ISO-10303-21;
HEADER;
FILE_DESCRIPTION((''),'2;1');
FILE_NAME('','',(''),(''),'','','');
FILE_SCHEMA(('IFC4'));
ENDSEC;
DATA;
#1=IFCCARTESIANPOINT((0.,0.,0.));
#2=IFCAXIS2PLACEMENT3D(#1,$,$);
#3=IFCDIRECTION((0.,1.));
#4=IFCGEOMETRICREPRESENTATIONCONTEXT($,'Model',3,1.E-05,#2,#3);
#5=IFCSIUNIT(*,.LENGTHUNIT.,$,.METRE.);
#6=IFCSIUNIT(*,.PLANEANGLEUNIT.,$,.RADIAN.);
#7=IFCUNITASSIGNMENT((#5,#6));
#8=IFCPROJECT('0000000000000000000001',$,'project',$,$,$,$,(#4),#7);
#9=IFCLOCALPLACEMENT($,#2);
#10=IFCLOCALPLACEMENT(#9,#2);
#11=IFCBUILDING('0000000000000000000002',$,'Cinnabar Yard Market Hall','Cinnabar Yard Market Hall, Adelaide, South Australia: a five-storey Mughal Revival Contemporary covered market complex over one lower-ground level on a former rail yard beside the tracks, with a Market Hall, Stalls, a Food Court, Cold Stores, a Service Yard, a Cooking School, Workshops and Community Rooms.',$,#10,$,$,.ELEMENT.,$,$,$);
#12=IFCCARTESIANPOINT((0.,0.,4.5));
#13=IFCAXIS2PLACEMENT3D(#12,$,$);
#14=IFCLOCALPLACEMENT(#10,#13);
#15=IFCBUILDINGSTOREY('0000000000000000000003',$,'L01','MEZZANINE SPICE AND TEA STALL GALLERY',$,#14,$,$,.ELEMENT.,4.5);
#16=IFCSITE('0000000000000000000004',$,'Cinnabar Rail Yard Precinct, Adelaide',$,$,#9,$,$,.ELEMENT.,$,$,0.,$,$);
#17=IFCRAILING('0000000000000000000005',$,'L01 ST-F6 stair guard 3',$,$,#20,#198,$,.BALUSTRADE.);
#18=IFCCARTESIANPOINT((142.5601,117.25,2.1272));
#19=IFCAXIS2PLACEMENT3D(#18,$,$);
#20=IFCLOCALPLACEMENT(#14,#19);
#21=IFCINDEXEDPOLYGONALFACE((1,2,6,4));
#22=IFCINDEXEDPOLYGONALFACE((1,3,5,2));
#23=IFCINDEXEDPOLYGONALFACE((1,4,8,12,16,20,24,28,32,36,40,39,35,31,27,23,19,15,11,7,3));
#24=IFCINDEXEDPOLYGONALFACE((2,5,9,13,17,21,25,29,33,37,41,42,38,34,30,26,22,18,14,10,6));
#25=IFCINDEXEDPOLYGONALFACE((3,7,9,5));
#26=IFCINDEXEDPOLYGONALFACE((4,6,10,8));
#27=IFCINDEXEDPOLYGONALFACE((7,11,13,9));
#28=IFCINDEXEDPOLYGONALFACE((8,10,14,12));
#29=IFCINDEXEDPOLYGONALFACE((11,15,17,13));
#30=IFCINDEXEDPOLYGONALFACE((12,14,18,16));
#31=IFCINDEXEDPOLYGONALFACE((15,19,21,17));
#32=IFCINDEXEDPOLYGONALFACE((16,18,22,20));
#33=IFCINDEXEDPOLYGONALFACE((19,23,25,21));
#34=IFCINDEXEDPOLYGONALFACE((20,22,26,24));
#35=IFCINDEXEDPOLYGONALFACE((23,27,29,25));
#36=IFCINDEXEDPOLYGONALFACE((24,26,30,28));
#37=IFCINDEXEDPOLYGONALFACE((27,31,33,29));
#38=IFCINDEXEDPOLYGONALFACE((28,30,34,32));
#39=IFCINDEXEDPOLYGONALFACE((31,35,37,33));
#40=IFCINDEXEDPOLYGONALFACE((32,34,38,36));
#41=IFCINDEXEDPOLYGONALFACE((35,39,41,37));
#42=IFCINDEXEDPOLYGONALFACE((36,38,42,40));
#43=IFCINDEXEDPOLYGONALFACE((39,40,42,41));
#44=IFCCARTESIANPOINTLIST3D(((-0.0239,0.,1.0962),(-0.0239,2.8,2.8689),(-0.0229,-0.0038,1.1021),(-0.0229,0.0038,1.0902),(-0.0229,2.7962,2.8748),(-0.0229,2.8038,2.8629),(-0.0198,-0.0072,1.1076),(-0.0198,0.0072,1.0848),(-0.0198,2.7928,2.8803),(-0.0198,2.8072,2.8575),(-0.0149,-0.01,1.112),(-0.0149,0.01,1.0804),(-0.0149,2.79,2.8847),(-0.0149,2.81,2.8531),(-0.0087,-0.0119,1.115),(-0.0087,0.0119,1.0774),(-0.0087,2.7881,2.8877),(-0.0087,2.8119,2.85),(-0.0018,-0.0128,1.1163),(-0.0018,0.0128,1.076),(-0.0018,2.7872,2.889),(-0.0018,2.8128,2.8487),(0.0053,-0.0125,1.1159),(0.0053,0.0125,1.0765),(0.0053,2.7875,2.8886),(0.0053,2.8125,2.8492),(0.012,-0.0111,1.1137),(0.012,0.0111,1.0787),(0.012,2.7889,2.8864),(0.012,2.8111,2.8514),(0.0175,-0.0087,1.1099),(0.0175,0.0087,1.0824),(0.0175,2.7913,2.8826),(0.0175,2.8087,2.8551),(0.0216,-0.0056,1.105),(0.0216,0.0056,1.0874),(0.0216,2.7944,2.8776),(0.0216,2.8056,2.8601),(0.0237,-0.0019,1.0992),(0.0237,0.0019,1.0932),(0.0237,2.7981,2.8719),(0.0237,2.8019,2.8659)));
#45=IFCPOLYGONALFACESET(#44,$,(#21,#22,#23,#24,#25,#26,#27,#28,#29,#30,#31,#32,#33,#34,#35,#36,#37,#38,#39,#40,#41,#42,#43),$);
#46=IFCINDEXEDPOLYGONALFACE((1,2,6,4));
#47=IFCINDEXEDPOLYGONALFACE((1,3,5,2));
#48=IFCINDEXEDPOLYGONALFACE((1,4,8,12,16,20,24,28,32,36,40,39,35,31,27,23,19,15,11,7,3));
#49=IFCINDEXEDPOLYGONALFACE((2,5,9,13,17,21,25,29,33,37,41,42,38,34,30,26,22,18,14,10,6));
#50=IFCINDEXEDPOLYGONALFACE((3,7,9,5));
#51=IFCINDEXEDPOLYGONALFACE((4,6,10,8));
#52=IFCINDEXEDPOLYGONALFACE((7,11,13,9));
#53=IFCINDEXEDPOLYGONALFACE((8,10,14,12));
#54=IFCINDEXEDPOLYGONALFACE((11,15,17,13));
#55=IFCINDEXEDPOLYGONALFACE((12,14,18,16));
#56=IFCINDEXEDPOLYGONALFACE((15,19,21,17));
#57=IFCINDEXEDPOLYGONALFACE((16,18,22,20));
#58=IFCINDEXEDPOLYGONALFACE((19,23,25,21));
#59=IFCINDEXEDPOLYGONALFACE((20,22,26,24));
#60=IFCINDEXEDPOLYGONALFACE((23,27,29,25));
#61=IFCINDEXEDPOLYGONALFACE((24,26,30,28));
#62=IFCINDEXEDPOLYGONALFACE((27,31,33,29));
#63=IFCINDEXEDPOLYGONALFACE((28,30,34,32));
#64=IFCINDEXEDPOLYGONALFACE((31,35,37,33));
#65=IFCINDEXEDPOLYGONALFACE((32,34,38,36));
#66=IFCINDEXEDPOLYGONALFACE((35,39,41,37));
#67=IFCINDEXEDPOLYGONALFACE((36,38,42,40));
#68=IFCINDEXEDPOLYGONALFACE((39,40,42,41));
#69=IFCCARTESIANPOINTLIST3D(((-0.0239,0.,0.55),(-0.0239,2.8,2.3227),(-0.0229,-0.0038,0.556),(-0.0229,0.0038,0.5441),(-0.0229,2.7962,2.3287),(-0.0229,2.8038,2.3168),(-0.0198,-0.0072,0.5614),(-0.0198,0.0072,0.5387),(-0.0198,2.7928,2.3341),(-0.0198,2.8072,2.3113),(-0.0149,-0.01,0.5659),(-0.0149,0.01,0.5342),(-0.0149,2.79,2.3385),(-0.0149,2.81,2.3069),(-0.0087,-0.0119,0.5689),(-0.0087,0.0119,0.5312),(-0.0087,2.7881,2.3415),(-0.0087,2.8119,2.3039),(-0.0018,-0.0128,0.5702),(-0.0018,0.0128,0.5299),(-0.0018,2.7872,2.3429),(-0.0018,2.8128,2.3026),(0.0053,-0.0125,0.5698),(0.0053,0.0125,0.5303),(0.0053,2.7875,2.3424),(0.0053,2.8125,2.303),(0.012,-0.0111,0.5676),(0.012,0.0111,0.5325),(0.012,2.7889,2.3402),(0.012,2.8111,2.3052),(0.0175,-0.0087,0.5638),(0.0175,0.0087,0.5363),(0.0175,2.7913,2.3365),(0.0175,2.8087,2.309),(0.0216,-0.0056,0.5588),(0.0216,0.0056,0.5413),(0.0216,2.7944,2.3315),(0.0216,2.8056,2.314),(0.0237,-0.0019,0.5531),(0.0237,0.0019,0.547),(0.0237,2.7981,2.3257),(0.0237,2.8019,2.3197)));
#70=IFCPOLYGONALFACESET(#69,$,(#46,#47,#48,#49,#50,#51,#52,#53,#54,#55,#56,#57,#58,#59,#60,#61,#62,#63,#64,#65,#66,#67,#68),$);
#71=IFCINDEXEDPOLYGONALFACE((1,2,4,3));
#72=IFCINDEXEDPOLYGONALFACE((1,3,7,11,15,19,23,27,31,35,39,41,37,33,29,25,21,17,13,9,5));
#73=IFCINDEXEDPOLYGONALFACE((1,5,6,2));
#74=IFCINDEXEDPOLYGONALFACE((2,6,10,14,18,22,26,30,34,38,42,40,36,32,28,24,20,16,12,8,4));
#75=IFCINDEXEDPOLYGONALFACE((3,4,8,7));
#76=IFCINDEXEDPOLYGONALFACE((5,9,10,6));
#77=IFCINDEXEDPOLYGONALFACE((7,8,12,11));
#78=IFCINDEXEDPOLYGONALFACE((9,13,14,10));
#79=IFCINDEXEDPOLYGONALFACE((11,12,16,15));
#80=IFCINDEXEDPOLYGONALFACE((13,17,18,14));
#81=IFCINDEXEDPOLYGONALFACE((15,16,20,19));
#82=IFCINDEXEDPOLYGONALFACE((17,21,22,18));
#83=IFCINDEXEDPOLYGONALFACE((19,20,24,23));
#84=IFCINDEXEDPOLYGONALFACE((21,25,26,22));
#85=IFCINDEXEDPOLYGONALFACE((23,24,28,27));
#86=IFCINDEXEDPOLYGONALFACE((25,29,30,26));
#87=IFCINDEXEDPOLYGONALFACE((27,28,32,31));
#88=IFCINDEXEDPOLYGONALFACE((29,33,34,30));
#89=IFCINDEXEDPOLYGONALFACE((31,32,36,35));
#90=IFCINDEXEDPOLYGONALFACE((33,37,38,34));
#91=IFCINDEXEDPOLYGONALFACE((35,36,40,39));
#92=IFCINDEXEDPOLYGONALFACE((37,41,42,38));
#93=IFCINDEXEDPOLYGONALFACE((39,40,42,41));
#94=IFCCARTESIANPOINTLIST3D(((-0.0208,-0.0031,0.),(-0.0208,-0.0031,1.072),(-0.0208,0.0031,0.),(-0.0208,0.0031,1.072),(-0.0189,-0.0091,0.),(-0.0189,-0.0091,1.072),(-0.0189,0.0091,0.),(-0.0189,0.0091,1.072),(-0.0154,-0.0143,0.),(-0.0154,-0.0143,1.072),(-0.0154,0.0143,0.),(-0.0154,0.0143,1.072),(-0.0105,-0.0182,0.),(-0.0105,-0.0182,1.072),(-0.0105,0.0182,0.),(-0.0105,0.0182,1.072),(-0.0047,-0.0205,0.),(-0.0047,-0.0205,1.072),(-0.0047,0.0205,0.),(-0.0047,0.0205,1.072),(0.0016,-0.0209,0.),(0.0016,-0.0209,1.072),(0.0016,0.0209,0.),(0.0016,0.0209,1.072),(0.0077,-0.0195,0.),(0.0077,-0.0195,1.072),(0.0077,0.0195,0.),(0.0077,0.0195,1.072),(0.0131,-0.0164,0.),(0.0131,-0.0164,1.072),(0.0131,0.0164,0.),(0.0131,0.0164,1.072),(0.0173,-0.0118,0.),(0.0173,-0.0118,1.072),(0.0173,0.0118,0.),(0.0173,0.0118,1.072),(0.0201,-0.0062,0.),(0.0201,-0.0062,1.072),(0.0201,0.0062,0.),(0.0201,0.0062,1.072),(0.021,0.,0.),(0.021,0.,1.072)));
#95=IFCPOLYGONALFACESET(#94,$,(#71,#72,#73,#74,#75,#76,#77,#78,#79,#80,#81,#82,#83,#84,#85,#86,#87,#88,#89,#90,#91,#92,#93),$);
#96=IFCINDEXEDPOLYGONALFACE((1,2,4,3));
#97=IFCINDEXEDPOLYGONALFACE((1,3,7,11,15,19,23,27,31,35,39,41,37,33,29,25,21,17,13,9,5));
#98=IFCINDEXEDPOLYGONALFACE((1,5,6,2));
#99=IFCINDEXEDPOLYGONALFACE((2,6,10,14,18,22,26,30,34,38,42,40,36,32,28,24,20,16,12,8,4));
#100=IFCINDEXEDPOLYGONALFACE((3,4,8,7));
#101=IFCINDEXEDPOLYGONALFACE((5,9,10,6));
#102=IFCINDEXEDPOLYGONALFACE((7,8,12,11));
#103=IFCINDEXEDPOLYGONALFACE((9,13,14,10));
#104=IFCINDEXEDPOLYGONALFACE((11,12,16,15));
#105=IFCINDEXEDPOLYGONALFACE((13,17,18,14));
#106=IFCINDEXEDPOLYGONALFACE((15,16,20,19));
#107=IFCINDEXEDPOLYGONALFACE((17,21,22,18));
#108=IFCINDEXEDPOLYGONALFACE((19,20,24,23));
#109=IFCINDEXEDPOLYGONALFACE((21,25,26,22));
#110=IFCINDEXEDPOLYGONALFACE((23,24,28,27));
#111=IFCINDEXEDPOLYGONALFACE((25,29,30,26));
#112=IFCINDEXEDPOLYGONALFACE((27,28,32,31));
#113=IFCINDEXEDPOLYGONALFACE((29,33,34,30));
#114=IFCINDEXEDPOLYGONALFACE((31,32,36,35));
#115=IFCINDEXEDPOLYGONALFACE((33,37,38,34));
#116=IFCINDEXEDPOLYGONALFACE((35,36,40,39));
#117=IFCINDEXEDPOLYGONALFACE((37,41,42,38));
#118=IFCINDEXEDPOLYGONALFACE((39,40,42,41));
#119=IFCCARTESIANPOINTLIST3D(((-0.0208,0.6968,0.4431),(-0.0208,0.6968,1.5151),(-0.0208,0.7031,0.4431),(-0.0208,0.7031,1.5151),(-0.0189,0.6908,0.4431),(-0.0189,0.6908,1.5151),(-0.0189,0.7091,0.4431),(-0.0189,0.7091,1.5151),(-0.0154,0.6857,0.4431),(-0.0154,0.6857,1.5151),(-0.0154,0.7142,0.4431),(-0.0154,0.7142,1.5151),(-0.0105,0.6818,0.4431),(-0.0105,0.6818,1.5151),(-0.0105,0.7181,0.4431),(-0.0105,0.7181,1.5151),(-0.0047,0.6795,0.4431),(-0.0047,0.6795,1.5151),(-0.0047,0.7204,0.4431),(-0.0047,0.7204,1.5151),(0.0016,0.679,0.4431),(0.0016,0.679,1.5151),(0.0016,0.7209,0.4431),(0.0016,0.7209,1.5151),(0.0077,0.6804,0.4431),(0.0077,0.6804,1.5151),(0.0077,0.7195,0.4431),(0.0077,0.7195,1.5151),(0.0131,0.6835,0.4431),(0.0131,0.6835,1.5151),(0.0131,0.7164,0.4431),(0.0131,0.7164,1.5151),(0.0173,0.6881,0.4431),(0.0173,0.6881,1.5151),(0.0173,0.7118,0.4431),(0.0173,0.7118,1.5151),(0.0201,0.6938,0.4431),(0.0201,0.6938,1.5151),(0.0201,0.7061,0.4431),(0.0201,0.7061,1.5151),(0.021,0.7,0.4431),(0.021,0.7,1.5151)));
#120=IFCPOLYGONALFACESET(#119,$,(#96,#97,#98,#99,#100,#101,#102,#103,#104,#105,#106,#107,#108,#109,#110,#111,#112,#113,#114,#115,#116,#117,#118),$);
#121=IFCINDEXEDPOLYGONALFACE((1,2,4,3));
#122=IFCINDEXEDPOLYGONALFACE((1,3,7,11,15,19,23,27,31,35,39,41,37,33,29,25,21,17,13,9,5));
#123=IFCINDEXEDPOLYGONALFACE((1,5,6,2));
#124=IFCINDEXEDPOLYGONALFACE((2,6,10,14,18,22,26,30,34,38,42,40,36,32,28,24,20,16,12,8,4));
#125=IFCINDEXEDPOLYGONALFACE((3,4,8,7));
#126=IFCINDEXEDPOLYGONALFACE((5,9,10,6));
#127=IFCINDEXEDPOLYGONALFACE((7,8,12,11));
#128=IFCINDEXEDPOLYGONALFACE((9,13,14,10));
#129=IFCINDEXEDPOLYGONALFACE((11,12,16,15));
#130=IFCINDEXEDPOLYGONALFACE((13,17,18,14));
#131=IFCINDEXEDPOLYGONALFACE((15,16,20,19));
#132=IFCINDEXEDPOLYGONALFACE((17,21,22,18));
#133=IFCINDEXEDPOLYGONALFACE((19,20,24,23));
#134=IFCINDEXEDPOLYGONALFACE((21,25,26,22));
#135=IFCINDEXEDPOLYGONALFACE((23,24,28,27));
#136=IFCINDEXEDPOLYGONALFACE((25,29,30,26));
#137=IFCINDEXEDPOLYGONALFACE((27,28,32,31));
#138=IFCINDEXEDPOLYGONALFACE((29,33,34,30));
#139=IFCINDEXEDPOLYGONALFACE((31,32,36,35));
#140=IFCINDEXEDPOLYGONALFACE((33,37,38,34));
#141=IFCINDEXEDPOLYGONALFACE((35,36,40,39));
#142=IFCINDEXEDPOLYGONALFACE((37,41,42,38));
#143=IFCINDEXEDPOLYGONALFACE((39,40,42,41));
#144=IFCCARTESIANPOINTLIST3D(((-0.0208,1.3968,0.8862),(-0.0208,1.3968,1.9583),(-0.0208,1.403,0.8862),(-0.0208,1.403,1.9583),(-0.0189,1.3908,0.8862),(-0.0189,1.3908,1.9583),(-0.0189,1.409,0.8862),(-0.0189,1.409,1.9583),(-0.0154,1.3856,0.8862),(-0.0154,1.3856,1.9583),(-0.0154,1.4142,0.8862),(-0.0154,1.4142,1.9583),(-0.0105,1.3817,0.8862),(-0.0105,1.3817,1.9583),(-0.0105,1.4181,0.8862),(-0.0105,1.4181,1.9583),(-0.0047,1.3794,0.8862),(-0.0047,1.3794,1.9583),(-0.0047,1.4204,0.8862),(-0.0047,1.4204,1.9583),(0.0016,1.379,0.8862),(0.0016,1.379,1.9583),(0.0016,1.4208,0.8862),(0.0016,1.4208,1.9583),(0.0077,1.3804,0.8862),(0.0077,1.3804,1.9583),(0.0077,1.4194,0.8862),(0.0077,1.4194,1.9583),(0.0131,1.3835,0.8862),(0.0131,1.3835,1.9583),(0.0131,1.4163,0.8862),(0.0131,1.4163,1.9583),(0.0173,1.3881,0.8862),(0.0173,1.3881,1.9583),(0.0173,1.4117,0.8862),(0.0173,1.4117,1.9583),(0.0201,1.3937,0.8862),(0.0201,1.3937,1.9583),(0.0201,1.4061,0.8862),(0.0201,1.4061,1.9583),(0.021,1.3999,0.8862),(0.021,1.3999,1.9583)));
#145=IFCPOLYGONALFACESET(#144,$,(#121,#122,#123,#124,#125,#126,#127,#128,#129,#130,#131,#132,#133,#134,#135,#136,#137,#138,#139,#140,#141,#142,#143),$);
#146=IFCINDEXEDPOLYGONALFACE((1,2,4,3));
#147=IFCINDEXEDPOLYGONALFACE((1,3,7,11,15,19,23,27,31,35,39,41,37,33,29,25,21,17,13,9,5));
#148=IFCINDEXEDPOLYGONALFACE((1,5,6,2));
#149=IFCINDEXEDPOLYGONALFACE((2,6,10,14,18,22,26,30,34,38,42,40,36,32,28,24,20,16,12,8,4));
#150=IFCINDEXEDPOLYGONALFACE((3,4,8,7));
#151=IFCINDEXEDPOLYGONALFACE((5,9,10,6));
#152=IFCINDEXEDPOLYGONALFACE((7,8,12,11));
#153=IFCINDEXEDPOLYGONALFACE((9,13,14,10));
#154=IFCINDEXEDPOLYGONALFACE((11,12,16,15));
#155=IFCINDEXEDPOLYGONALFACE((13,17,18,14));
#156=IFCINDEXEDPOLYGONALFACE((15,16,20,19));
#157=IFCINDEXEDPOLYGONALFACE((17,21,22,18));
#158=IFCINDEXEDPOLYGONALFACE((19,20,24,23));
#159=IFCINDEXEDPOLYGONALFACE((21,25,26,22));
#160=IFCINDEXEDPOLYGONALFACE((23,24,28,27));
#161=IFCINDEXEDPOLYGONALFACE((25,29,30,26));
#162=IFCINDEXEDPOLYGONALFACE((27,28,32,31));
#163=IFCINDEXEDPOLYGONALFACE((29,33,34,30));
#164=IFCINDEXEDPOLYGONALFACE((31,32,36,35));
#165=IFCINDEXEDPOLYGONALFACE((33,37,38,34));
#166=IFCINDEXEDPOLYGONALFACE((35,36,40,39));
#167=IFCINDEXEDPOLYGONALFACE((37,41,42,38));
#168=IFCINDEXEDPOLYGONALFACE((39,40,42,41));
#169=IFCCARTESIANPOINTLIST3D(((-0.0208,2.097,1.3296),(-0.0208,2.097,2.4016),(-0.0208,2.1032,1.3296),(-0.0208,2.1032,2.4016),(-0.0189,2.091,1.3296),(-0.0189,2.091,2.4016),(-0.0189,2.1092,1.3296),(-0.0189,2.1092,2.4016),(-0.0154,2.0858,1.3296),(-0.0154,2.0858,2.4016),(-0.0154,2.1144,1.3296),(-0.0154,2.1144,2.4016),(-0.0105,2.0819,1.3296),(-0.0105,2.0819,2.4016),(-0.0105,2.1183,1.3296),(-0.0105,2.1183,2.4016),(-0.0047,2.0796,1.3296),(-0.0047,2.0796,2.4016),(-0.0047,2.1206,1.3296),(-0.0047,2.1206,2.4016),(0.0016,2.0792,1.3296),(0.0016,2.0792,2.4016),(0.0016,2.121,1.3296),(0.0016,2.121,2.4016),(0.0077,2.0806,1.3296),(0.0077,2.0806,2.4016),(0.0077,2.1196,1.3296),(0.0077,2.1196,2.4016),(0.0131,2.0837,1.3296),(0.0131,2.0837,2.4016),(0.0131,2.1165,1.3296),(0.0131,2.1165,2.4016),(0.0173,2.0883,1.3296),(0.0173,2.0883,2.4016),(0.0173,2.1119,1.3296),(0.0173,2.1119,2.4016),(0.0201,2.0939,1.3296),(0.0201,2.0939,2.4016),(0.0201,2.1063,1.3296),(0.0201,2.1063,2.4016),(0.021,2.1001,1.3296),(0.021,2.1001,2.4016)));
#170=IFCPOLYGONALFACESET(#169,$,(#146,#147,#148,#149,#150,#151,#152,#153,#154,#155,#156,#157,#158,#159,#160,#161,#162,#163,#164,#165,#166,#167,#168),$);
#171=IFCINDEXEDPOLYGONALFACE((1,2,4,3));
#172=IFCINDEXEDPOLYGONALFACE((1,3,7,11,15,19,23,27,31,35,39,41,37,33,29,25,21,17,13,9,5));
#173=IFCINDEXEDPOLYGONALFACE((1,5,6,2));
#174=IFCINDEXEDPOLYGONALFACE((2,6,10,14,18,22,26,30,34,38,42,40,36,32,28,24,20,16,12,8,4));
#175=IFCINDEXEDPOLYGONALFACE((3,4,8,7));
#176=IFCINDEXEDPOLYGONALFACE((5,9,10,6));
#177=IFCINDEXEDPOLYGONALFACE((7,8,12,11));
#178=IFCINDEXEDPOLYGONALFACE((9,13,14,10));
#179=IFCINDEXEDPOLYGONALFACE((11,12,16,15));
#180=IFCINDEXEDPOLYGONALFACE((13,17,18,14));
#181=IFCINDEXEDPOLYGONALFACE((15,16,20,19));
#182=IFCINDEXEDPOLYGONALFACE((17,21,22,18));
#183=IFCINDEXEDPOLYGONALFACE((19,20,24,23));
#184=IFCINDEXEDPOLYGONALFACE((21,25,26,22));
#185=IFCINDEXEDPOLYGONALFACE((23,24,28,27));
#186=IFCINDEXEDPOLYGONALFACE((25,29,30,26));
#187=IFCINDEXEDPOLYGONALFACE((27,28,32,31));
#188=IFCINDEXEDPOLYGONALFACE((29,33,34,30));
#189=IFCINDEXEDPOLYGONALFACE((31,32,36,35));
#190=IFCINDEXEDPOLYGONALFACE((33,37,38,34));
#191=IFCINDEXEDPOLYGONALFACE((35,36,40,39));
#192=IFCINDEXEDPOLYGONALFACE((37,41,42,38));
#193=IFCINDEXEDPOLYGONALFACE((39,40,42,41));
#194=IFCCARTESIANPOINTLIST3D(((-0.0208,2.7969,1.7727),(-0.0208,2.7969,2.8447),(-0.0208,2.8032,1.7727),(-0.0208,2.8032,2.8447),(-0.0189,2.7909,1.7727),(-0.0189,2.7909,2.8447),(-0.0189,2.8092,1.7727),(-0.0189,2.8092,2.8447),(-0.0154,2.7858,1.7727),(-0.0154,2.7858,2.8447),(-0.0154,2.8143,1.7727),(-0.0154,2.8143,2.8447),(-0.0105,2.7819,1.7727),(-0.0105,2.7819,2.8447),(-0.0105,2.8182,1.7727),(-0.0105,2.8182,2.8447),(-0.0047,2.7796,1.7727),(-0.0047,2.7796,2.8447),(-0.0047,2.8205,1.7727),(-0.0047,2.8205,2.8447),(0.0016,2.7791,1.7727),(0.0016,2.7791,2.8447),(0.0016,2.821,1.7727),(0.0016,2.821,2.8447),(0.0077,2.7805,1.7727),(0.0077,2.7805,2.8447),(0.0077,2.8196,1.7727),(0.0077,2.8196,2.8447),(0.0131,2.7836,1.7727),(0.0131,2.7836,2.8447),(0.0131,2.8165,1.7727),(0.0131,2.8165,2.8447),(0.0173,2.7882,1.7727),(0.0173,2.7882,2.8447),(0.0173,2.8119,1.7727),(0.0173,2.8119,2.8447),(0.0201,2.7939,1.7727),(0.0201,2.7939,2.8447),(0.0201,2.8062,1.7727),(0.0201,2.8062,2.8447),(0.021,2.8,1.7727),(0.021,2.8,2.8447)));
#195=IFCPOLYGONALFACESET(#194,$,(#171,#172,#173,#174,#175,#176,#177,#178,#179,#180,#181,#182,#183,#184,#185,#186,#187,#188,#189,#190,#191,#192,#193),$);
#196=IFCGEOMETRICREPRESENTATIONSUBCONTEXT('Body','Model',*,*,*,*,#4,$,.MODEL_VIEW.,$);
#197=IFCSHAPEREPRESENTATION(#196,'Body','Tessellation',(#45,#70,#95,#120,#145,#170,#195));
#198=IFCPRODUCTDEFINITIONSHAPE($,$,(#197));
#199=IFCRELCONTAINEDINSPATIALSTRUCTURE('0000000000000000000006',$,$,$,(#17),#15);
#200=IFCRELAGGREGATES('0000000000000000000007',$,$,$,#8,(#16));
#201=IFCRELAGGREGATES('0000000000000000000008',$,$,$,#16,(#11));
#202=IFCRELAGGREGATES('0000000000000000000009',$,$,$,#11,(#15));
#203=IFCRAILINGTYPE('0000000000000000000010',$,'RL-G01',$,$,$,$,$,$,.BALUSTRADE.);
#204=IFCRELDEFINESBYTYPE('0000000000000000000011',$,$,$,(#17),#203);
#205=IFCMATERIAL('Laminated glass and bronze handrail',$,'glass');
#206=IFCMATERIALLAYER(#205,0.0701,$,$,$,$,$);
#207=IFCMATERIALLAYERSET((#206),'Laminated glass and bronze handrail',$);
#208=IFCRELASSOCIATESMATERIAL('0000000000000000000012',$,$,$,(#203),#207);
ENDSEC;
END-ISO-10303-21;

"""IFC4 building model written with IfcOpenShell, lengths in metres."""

from ifc_helpers import new_model, si_unit, direction, frame, origin, origin_2d_with_axis, place, context, subcontext, project, spatial, circle, extrude, material, layer, layer_set, type_object, element, save


model = new_model("IFC4")

# Units and contexts
model_context = context("Model", 3, precision=1e-05, world=origin(), true_north=direction((0.0, 1.0)))
body_context = subcontext(model_context, "Body", "Model", "MODEL_VIEW")
ifc_project = project(units=[si_unit("LENGTHUNIT", "METRE"), si_unit("PLANEANGLEUNIT", "RADIAN")], contexts=[model_context])

# Site, building, storey
site_placement = place(None, origin())
site = spatial("IfcSite", under=ifc_project, at=site_placement, Name="Cinnabar Rail Yard Precinct, Adelaide", CompositionType="ELEMENT", RefElevation=0.0)
building_placement = place(site_placement, origin())
building = spatial("IfcBuilding", under=site, at=building_placement, Name="Cinnabar Yard Market Hall", Description="Cinnabar Yard Market Hall, Adelaide, South Australia: a five-storey Mughal Revival Contemporary covered market complex over one lower-ground level on a former rail yard beside the tracks, with a Market Hall, Stalls, a Food Court, Cold Stores, a Service Yard, a Cooking School, Workshops and Community Rooms.", CompositionType="ELEMENT")
storey_placement = place(building_placement, frame((0.0, 0.0, 4.5)))
storey = spatial("IfcBuildingStorey", under=building, at=storey_placement, Name="L01", Description="MEZZANINE SPICE AND TEA STALL GALLERY", CompositionType="ELEMENT", Elevation=4.5)

# Railing
ifc_material_1 = material(Name="Laminated glass and bronze handrail", Category="glass")
ifc_layer_1 = layer(ifc_material_1, 0.0701)
ifc_layer_set_1 = layer_set([ifc_layer_1], Name="Laminated glass and bronze handrail")
railing_type_1 = type_object("IfcRailingType", Name="RL-G01", PredefinedType="BALUSTRADE", material=ifc_layer_set_1)
railing_1_placement = place(storey_placement, frame((142.5601, 117.25, 2.1272)))
element("IfcRailing", 1, at=railing_1_placement, inside=storey, type_object=railing_type_1, Name="L01 ST-F6 stair guard 3", PredefinedType="BALUSTRADE", context=body_context, shape_type="SweptSolid", body=[
    extrude(circle(Radius=0.0239, at=origin_2d_with_axis()), frame((0.0, 0.0, 1.0962), z_axis=(0.0, 0.844909, 0.53491), x_axis=(-1.0, 0.0, 0.0)), (0.0, 0.0, 1.0), 3.314),
    extrude(circle(Radius=0.0239, at=origin_2d_with_axis()), frame((0.0, 0.0, 0.55), z_axis=(0.0, 0.844909, 0.53491), x_axis=(-1.0, 0.0, 0.0)), (0.0, 0.0, 1.0), 3.314),
    extrude(circle(Radius=0.021, at=origin_2d_with_axis()), origin(), (0.0, 0.0, 1.0), 1.072),
    extrude(circle(Radius=0.021, at=origin_2d_with_axis()), frame((0.0, 0.7, 0.4431)), (0.0, 0.0, 1.0), 1.072),
    extrude(circle(Radius=0.021, at=origin_2d_with_axis()), frame((0.0, 1.3999, 0.8862)), (0.0, 0.0, 1.0), 1.072),
    extrude(circle(Radius=0.021, at=origin_2d_with_axis()), frame((0.0, 2.1001, 1.3296)), (0.0, 0.0, 1.0), 1.072),
    extrude(circle(Radius=0.021, at=origin_2d_with_axis()), frame((0.0, 2.8, 1.7727)), (0.0, 0.0, 1.0), 1.072),
])

save(model, "model.ifc")
